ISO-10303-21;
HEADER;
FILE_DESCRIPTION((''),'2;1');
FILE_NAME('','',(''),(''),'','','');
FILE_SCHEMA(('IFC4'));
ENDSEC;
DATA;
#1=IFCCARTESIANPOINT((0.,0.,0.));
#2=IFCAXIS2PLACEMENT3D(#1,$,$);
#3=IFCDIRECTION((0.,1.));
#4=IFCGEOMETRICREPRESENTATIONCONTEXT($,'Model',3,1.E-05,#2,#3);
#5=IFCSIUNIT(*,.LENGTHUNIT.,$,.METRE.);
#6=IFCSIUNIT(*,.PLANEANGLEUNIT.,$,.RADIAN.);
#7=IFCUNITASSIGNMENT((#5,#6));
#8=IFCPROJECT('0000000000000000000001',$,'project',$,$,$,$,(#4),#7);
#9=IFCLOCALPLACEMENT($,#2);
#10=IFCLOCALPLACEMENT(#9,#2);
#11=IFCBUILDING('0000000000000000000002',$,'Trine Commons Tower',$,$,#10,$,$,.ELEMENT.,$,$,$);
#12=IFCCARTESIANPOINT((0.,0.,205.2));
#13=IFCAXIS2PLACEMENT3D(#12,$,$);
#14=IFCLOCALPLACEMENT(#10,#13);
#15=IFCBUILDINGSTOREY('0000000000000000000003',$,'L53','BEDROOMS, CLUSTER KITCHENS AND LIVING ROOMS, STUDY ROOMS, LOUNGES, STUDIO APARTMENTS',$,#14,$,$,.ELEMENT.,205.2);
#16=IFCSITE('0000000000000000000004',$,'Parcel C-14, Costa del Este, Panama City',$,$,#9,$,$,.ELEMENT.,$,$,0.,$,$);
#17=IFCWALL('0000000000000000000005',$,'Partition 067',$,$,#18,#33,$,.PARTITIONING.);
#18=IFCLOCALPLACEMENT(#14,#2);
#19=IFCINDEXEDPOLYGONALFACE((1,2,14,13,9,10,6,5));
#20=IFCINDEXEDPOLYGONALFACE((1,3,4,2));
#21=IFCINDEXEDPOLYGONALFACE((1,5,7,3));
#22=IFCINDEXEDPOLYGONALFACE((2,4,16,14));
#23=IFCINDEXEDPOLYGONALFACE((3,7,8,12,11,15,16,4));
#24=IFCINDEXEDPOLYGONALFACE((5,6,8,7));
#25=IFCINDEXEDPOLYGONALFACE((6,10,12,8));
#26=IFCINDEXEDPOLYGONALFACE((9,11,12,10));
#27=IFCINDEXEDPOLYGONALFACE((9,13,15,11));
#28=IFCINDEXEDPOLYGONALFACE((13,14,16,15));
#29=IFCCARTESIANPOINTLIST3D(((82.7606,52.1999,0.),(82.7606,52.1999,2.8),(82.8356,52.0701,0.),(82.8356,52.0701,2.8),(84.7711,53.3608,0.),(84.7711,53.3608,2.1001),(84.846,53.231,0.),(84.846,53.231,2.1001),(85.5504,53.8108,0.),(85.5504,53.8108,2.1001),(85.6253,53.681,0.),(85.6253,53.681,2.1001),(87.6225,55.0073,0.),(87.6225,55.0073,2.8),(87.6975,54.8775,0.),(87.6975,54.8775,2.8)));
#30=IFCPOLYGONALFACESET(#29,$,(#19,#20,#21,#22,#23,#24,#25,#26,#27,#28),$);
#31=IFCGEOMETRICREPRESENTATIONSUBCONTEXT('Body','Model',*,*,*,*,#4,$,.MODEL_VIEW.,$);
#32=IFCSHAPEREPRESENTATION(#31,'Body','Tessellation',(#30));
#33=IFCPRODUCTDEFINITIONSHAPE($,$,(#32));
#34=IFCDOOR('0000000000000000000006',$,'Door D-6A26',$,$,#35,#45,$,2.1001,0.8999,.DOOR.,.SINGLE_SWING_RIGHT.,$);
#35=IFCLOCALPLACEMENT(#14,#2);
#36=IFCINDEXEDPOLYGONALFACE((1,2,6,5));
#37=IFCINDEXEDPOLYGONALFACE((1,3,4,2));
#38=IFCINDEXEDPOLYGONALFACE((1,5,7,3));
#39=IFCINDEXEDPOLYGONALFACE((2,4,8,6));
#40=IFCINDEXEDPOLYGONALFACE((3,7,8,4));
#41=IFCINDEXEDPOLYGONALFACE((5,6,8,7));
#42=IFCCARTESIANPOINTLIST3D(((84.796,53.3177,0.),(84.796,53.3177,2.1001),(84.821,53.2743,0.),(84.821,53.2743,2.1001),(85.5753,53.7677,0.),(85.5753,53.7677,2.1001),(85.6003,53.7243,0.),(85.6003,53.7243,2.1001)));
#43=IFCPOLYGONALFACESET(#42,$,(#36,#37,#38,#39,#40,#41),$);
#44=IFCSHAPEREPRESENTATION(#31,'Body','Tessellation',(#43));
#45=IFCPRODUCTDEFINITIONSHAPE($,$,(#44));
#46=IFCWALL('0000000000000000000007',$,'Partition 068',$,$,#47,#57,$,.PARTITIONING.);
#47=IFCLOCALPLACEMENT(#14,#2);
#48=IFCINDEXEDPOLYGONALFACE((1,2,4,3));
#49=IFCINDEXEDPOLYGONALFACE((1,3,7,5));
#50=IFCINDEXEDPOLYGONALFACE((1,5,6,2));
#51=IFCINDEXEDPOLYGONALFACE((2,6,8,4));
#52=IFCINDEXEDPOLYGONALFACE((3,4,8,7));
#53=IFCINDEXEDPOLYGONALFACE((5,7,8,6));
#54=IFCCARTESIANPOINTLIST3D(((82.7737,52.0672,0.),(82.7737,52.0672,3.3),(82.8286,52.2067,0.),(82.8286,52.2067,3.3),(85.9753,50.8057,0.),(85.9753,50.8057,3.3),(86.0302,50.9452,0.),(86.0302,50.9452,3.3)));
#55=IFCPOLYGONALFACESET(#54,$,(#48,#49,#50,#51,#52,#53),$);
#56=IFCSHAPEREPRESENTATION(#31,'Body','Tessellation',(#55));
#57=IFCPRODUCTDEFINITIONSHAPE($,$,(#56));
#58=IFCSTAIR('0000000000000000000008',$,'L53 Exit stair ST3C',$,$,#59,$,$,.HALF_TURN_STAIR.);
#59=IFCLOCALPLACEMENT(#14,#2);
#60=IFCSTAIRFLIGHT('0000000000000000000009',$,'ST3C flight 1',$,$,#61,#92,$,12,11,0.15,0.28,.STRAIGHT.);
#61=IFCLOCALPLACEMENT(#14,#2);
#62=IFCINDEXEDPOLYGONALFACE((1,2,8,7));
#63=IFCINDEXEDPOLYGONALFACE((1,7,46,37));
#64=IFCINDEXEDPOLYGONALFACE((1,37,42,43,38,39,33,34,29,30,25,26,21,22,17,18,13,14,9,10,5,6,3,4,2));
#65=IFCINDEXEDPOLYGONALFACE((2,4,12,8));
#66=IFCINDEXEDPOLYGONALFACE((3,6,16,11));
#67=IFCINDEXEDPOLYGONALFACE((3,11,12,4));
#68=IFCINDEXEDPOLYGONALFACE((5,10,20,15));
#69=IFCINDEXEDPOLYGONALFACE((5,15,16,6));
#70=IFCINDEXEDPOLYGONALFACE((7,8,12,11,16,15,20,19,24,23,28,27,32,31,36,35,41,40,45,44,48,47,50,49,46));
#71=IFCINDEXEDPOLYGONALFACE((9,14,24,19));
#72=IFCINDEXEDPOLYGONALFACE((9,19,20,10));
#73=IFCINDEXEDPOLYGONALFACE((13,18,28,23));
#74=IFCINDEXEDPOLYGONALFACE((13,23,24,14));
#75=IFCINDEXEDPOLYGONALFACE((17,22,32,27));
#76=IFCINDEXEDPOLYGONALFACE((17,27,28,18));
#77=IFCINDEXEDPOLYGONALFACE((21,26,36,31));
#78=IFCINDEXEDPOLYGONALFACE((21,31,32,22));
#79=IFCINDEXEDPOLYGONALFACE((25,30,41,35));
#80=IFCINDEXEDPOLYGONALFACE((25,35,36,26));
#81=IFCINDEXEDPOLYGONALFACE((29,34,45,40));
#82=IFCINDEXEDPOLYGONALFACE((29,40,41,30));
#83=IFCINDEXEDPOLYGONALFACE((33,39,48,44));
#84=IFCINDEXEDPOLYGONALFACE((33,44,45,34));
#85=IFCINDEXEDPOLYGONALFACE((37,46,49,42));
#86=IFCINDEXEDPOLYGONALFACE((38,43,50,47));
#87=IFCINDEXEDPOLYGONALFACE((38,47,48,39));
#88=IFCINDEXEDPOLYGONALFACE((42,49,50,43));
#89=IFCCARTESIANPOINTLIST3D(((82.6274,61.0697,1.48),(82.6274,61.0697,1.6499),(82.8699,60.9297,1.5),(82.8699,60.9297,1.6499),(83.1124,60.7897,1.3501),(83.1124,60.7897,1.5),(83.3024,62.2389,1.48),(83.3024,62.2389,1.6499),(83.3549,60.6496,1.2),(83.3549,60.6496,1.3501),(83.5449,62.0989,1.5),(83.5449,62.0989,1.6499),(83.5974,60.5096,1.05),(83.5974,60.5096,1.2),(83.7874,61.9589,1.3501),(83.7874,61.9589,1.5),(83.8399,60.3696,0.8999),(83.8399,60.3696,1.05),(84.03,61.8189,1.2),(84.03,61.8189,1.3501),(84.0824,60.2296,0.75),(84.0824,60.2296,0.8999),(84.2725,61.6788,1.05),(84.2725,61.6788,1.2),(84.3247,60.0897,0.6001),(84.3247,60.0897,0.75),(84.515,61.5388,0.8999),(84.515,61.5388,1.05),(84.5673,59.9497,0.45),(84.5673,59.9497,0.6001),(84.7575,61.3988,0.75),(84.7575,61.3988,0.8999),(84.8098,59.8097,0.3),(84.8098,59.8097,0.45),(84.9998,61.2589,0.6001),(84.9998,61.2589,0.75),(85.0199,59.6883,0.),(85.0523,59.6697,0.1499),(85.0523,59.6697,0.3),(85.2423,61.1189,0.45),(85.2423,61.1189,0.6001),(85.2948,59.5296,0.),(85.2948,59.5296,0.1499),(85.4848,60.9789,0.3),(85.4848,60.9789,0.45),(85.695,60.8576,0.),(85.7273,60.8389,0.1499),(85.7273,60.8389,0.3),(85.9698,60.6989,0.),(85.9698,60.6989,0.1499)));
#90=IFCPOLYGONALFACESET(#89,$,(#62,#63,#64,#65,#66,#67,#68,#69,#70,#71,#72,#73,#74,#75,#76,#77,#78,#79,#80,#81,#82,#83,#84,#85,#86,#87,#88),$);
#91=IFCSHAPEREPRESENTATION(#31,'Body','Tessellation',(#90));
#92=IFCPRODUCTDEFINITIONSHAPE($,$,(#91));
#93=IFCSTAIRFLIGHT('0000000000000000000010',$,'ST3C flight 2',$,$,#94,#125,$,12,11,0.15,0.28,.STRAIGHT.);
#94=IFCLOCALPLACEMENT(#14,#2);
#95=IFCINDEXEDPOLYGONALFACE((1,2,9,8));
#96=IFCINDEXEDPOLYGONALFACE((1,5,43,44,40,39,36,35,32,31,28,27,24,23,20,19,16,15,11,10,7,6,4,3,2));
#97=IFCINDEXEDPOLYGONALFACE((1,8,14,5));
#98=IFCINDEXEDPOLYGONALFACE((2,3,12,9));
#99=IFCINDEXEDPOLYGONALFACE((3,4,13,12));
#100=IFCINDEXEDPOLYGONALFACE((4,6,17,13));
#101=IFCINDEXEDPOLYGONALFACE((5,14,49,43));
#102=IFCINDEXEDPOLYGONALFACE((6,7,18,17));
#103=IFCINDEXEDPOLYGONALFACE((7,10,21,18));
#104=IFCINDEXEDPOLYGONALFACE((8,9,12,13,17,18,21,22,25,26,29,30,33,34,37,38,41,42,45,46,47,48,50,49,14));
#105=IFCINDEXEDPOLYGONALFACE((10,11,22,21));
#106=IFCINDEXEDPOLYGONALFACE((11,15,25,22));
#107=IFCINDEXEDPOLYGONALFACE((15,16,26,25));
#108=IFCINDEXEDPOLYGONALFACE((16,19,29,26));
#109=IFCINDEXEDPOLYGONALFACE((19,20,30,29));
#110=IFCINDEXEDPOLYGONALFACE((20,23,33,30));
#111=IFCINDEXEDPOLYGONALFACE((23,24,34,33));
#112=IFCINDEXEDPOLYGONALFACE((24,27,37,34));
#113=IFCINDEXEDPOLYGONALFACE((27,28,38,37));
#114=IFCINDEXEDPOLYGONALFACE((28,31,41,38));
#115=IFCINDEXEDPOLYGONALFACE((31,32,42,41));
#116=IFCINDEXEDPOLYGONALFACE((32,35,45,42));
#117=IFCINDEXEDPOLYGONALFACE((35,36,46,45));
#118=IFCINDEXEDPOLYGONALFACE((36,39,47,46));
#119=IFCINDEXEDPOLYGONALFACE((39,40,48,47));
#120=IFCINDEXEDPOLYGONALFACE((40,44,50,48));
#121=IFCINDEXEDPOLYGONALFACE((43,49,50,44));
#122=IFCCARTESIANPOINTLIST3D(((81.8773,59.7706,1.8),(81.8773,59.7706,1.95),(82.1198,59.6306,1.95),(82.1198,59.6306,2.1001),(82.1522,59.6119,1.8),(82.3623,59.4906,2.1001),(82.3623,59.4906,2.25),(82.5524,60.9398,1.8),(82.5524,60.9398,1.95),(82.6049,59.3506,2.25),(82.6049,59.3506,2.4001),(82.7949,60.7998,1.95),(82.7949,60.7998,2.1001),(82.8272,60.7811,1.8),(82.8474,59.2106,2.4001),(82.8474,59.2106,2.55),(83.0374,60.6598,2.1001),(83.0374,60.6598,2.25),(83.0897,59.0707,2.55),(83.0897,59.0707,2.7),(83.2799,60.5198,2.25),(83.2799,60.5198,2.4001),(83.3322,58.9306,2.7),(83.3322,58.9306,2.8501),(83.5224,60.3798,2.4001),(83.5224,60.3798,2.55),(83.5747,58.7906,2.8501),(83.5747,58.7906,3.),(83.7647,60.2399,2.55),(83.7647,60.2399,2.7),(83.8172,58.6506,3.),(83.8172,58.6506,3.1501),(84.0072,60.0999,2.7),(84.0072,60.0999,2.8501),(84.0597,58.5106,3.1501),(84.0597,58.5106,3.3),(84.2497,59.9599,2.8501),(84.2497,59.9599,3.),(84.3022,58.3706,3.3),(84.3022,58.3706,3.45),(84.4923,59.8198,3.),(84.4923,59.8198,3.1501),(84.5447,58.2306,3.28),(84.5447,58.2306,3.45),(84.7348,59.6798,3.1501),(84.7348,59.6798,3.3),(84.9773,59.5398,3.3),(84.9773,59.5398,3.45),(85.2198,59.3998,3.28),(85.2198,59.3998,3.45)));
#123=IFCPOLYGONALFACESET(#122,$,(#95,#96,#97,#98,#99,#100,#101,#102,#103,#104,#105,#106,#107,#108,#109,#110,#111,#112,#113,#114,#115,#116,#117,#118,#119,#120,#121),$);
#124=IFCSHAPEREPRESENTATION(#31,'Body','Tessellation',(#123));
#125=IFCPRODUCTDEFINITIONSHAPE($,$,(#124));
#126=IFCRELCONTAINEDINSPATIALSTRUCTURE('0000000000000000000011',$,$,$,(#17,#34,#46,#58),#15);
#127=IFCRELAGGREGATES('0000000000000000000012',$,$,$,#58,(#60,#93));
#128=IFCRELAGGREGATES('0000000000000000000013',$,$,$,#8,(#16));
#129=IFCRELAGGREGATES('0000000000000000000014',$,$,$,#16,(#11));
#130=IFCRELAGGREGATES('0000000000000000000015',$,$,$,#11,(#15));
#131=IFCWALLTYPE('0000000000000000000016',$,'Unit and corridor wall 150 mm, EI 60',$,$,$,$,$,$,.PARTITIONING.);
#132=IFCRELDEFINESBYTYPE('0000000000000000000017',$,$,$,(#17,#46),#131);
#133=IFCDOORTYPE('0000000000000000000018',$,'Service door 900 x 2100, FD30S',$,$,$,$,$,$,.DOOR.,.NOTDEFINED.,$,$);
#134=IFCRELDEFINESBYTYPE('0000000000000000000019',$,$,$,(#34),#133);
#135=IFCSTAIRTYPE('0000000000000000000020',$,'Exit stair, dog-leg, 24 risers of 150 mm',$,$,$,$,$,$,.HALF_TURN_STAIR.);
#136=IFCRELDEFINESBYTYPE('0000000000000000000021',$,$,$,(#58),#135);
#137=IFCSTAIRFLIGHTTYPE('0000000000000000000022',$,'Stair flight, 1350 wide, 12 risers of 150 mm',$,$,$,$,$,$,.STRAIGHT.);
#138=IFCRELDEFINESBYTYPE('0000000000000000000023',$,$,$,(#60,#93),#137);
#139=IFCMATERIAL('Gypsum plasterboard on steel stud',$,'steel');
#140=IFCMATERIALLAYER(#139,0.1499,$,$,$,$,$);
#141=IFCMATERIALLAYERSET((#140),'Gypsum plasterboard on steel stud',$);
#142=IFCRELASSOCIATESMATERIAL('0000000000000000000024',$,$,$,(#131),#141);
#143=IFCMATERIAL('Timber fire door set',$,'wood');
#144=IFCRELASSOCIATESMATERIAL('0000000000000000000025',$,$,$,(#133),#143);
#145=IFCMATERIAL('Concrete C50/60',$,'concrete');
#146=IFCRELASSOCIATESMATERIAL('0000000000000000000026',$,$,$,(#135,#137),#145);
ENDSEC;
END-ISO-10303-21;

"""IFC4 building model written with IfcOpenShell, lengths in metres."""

from ifc_helpers import new_model, si_unit, direction, frame, frame_2d, origin, place, context, subcontext, project, spatial, polyline, rectangle, outline, extrude, material, layer, layer_set, type_object, element, fill, aggregate, save


model = new_model("IFC4")

# Units and contexts
model_context = context("Model", 3, precision=1e-05, world=origin(), true_north=direction((0.0, 1.0)))
body_context = subcontext(model_context, "Body", "Model", "MODEL_VIEW")
ifc_project = project(units=[si_unit("LENGTHUNIT", "METRE"), si_unit("PLANEANGLEUNIT", "RADIAN")], contexts=[model_context])

# Site, building, storey
site_placement = place(None, origin())
site = spatial("IfcSite", under=ifc_project, at=site_placement, Name="Parcel C-14, Costa del Este, Panama City", CompositionType="ELEMENT", RefElevation=0.0)
building_placement = place(site_placement, origin())
building = spatial("IfcBuilding", under=site, at=building_placement, Name="Trine Commons Tower", CompositionType="ELEMENT")
storey_placement = place(building_placement, frame((0.0, 0.0, 205.2)))
storey = spatial("IfcBuildingStorey", under=building, at=storey_placement, Name="L53", Description="BEDROOMS, CLUSTER KITCHENS AND LIVING ROOMS, STUDY ROOMS, LOUNGES, STUDIO APARTMENTS", CompositionType="ELEMENT", Elevation=205.2)

# Wall, opening, door
ifc_material_1 = material(Name="Gypsum plasterboard on steel stud", Category="steel")
ifc_layer_1 = layer(ifc_material_1, 0.1499)
ifc_layer_set_1 = layer_set([ifc_layer_1], Name="Gypsum plasterboard on steel stud")
wall_type_1 = type_object("IfcWallType", Name="Unit and corridor wall 150 mm, EI 60", PredefinedType="PARTITIONING", material=ifc_layer_set_1)
wall_1_placement = place(storey_placement, frame((82.7981, 52.135, 0.0), z_axis=(0.0, 0.0, 1.0), x_axis=(0.865994, 0.500054, 0.0)))
wall_1 = element("IfcWall", 1, at=wall_1_placement, inside=storey, type_object=wall_type_1, Name="Partition 067", PredefinedType="PARTITIONING", context=body_context, shape_type="SweptSolid", body=[
    extrude(rectangle(XDim=5.6143, YDim=0.1499, at=frame_2d((2.8071, 0.0))), origin(), (0.0, 0.0, 1.0), 2.8),
])
opening_1_placement = place(wall_1_placement, frame((2.3215, 0.0, 0.0)))
opening_1 = element("IfcOpeningElement", 2, at=opening_1_placement, cuts=wall_1, PredefinedType="OPENING", context=body_context, shape_type="SweptSolid", body=[
    extrude(rectangle(XDim=0.8999, YDim=2.1001, at=frame_2d((0.45, 1.05))), frame((0.0, 0.085, 0.0), z_axis=(0.0, -1.0, 0.0), x_axis=(1.0, 0.0, 0.0)), (0.0, 0.0, 1.0), 0.1699),
])
ifc_material_2 = material(Name="Timber fire door set", Category="wood")
door_type_1 = type_object("IfcDoorType", Name="Service door 900 x 2100, FD30S", OperationType="NOTDEFINED", PredefinedType="DOOR", material=ifc_material_2)
door_1_placement = place(opening_1_placement, frame((0.8999, 0.0, 0.0), z_axis=(0.0, 0.0, 1.0), x_axis=(-1.0, 0.0, 0.0)))
door_1 = element("IfcDoor", 3, at=door_1_placement, inside=storey, type_object=door_type_1, Name="Door D-6A26", OperationType="SINGLE_SWING_RIGHT", OverallHeight=2.1001, OverallWidth=0.8999, PredefinedType="DOOR", context=body_context, shape_type="SweptSolid", body=[
    extrude(rectangle(XDim=0.8999, YDim=2.1001, at=frame_2d((0.45, 1.05))), frame((0.0, 0.0249, 0.0), z_axis=(0.0, -1.0, 0.0), x_axis=(1.0, 0.0, 0.0)), (0.0, 0.0, 1.0), 0.05),
])
fill(opening_1, door_1)

# Wall
wall_2_placement = place(storey_placement, frame((82.801, 52.137, 0.0), z_axis=(0.0, 0.0, 1.0), x_axis=(0.930387, -0.366578, 0.0)))
element("IfcWall", 4, at=wall_2_placement, inside=storey, type_object=wall_type_1, Name="Partition 068", PredefinedType="PARTITIONING", context=body_context, shape_type="SweptSolid", body=[
    extrude(rectangle(XDim=3.4412, YDim=0.1499, at=frame_2d((1.7207, 0.0))), origin(), (0.0, 0.0, 1.0), 3.3),
])

# Stair, stair flights
ifc_material_3 = material(Name="Concrete C50/60", Category="concrete")
stair_type = type_object("IfcStairType", Name="Exit stair, dog-leg, 24 risers of 150 mm", PredefinedType="HALF_TURN_STAIR", material=ifc_material_3)
stair_placement = place(storey_placement, origin())
stair = element("IfcStair", 5, at=stair_placement, inside=storey, type_object=stair_type, Name="L53 Exit stair ST3C", PredefinedType="HALF_TURN_STAIR")
stair_flight_type = type_object("IfcStairFlightType", Name="Stair flight, 1350 wide, 12 risers of 150 mm", PredefinedType="STRAIGHT", material=ifc_material_3)
stair_flight_1_placement = place(storey_placement, frame((85.6323, 60.1143, 0.0), z_axis=(0.0, 0.0, 1.0), x_axis=(-0.866025, 0.5, 0.0)))
stair_flight_1 = element("IfcStairFlight", 6, at=stair_flight_1_placement, type_object=stair_flight_type, Name="ST3C flight 1", NumberOfRisers=12, NumberOfTreads=11, PredefinedType="STRAIGHT", RiserHeight=0.15, TreadLength=0.28, context=body_context, shape_type="SweptSolid", body=[
    extrude(outline(polyline([(0.0, 0.0), (0.0, 0.1499), (0.28, 0.1499), (0.28, 0.3), (0.5601, 0.3), (0.5601, 0.45), (0.8401, 0.45), (0.8401, 0.6001), (1.1201, 0.6001), (1.1201, 0.75), (1.3999, 0.75), (1.3999, 0.8999), (1.6799, 0.8999), (1.6799, 1.05), (1.96, 1.05), (1.96, 1.2), (2.24, 1.2), (2.24, 1.3501), (2.52, 1.3501), (2.52, 1.5), (2.8, 1.5), (2.8, 1.6499), (3.0801, 1.6499), (3.0801, 1.8), (3.0801, 1.48), (0.3174, 0.0), (0.0, 0.0)])), frame((0.0, 0.675, 0.0), z_axis=(0.0, -1.0, 0.0), x_axis=(1.0, 0.0, 0.0)), (0.0, 0.0, 1.0), 1.3501),
])
stair_flight_2_placement = place(storey_placement, frame((82.2148, 60.3552, 1.8), z_axis=(0.0, 0.0, 1.0), x_axis=(0.866025, -0.5, 0.0)))
stair_flight_2 = element("IfcStairFlight", 7, at=stair_flight_2_placement, type_object=stair_flight_type, Name="ST3C flight 2", NumberOfRisers=12, NumberOfTreads=11, PredefinedType="STRAIGHT", RiserHeight=0.15, TreadLength=0.28, context=body_context, shape_type="SweptSolid", body=[
    extrude(outline(polyline([(0.0, 0.0), (0.0, 0.1499), (0.28, 0.1499), (0.28, 0.3), (0.5601, 0.3), (0.5601, 0.45), (0.8401, 0.45), (0.8401, 0.6001), (1.1201, 0.6001), (1.1201, 0.75), (1.3999, 0.75), (1.3999, 0.8999), (1.6799, 0.8999), (1.6799, 1.05), (1.96, 1.05), (1.96, 1.2), (2.24, 1.2), (2.24, 1.3501), (2.52, 1.3501), (2.52, 1.5), (2.8, 1.5), (2.8, 1.6499), (3.0801, 1.6499), (3.0801, 1.8), (3.0801, 1.48), (0.3174, 0.0), (0.0, 0.0)])), frame((0.0, 0.675, 0.0), z_axis=(0.0, -1.0, 0.0), x_axis=(1.0, 0.0, 0.0)), (0.0, 0.0, 1.0), 1.3501),
])
aggregate(stair, [stair_flight_1, stair_flight_2])

save(model, "model.ifc")
